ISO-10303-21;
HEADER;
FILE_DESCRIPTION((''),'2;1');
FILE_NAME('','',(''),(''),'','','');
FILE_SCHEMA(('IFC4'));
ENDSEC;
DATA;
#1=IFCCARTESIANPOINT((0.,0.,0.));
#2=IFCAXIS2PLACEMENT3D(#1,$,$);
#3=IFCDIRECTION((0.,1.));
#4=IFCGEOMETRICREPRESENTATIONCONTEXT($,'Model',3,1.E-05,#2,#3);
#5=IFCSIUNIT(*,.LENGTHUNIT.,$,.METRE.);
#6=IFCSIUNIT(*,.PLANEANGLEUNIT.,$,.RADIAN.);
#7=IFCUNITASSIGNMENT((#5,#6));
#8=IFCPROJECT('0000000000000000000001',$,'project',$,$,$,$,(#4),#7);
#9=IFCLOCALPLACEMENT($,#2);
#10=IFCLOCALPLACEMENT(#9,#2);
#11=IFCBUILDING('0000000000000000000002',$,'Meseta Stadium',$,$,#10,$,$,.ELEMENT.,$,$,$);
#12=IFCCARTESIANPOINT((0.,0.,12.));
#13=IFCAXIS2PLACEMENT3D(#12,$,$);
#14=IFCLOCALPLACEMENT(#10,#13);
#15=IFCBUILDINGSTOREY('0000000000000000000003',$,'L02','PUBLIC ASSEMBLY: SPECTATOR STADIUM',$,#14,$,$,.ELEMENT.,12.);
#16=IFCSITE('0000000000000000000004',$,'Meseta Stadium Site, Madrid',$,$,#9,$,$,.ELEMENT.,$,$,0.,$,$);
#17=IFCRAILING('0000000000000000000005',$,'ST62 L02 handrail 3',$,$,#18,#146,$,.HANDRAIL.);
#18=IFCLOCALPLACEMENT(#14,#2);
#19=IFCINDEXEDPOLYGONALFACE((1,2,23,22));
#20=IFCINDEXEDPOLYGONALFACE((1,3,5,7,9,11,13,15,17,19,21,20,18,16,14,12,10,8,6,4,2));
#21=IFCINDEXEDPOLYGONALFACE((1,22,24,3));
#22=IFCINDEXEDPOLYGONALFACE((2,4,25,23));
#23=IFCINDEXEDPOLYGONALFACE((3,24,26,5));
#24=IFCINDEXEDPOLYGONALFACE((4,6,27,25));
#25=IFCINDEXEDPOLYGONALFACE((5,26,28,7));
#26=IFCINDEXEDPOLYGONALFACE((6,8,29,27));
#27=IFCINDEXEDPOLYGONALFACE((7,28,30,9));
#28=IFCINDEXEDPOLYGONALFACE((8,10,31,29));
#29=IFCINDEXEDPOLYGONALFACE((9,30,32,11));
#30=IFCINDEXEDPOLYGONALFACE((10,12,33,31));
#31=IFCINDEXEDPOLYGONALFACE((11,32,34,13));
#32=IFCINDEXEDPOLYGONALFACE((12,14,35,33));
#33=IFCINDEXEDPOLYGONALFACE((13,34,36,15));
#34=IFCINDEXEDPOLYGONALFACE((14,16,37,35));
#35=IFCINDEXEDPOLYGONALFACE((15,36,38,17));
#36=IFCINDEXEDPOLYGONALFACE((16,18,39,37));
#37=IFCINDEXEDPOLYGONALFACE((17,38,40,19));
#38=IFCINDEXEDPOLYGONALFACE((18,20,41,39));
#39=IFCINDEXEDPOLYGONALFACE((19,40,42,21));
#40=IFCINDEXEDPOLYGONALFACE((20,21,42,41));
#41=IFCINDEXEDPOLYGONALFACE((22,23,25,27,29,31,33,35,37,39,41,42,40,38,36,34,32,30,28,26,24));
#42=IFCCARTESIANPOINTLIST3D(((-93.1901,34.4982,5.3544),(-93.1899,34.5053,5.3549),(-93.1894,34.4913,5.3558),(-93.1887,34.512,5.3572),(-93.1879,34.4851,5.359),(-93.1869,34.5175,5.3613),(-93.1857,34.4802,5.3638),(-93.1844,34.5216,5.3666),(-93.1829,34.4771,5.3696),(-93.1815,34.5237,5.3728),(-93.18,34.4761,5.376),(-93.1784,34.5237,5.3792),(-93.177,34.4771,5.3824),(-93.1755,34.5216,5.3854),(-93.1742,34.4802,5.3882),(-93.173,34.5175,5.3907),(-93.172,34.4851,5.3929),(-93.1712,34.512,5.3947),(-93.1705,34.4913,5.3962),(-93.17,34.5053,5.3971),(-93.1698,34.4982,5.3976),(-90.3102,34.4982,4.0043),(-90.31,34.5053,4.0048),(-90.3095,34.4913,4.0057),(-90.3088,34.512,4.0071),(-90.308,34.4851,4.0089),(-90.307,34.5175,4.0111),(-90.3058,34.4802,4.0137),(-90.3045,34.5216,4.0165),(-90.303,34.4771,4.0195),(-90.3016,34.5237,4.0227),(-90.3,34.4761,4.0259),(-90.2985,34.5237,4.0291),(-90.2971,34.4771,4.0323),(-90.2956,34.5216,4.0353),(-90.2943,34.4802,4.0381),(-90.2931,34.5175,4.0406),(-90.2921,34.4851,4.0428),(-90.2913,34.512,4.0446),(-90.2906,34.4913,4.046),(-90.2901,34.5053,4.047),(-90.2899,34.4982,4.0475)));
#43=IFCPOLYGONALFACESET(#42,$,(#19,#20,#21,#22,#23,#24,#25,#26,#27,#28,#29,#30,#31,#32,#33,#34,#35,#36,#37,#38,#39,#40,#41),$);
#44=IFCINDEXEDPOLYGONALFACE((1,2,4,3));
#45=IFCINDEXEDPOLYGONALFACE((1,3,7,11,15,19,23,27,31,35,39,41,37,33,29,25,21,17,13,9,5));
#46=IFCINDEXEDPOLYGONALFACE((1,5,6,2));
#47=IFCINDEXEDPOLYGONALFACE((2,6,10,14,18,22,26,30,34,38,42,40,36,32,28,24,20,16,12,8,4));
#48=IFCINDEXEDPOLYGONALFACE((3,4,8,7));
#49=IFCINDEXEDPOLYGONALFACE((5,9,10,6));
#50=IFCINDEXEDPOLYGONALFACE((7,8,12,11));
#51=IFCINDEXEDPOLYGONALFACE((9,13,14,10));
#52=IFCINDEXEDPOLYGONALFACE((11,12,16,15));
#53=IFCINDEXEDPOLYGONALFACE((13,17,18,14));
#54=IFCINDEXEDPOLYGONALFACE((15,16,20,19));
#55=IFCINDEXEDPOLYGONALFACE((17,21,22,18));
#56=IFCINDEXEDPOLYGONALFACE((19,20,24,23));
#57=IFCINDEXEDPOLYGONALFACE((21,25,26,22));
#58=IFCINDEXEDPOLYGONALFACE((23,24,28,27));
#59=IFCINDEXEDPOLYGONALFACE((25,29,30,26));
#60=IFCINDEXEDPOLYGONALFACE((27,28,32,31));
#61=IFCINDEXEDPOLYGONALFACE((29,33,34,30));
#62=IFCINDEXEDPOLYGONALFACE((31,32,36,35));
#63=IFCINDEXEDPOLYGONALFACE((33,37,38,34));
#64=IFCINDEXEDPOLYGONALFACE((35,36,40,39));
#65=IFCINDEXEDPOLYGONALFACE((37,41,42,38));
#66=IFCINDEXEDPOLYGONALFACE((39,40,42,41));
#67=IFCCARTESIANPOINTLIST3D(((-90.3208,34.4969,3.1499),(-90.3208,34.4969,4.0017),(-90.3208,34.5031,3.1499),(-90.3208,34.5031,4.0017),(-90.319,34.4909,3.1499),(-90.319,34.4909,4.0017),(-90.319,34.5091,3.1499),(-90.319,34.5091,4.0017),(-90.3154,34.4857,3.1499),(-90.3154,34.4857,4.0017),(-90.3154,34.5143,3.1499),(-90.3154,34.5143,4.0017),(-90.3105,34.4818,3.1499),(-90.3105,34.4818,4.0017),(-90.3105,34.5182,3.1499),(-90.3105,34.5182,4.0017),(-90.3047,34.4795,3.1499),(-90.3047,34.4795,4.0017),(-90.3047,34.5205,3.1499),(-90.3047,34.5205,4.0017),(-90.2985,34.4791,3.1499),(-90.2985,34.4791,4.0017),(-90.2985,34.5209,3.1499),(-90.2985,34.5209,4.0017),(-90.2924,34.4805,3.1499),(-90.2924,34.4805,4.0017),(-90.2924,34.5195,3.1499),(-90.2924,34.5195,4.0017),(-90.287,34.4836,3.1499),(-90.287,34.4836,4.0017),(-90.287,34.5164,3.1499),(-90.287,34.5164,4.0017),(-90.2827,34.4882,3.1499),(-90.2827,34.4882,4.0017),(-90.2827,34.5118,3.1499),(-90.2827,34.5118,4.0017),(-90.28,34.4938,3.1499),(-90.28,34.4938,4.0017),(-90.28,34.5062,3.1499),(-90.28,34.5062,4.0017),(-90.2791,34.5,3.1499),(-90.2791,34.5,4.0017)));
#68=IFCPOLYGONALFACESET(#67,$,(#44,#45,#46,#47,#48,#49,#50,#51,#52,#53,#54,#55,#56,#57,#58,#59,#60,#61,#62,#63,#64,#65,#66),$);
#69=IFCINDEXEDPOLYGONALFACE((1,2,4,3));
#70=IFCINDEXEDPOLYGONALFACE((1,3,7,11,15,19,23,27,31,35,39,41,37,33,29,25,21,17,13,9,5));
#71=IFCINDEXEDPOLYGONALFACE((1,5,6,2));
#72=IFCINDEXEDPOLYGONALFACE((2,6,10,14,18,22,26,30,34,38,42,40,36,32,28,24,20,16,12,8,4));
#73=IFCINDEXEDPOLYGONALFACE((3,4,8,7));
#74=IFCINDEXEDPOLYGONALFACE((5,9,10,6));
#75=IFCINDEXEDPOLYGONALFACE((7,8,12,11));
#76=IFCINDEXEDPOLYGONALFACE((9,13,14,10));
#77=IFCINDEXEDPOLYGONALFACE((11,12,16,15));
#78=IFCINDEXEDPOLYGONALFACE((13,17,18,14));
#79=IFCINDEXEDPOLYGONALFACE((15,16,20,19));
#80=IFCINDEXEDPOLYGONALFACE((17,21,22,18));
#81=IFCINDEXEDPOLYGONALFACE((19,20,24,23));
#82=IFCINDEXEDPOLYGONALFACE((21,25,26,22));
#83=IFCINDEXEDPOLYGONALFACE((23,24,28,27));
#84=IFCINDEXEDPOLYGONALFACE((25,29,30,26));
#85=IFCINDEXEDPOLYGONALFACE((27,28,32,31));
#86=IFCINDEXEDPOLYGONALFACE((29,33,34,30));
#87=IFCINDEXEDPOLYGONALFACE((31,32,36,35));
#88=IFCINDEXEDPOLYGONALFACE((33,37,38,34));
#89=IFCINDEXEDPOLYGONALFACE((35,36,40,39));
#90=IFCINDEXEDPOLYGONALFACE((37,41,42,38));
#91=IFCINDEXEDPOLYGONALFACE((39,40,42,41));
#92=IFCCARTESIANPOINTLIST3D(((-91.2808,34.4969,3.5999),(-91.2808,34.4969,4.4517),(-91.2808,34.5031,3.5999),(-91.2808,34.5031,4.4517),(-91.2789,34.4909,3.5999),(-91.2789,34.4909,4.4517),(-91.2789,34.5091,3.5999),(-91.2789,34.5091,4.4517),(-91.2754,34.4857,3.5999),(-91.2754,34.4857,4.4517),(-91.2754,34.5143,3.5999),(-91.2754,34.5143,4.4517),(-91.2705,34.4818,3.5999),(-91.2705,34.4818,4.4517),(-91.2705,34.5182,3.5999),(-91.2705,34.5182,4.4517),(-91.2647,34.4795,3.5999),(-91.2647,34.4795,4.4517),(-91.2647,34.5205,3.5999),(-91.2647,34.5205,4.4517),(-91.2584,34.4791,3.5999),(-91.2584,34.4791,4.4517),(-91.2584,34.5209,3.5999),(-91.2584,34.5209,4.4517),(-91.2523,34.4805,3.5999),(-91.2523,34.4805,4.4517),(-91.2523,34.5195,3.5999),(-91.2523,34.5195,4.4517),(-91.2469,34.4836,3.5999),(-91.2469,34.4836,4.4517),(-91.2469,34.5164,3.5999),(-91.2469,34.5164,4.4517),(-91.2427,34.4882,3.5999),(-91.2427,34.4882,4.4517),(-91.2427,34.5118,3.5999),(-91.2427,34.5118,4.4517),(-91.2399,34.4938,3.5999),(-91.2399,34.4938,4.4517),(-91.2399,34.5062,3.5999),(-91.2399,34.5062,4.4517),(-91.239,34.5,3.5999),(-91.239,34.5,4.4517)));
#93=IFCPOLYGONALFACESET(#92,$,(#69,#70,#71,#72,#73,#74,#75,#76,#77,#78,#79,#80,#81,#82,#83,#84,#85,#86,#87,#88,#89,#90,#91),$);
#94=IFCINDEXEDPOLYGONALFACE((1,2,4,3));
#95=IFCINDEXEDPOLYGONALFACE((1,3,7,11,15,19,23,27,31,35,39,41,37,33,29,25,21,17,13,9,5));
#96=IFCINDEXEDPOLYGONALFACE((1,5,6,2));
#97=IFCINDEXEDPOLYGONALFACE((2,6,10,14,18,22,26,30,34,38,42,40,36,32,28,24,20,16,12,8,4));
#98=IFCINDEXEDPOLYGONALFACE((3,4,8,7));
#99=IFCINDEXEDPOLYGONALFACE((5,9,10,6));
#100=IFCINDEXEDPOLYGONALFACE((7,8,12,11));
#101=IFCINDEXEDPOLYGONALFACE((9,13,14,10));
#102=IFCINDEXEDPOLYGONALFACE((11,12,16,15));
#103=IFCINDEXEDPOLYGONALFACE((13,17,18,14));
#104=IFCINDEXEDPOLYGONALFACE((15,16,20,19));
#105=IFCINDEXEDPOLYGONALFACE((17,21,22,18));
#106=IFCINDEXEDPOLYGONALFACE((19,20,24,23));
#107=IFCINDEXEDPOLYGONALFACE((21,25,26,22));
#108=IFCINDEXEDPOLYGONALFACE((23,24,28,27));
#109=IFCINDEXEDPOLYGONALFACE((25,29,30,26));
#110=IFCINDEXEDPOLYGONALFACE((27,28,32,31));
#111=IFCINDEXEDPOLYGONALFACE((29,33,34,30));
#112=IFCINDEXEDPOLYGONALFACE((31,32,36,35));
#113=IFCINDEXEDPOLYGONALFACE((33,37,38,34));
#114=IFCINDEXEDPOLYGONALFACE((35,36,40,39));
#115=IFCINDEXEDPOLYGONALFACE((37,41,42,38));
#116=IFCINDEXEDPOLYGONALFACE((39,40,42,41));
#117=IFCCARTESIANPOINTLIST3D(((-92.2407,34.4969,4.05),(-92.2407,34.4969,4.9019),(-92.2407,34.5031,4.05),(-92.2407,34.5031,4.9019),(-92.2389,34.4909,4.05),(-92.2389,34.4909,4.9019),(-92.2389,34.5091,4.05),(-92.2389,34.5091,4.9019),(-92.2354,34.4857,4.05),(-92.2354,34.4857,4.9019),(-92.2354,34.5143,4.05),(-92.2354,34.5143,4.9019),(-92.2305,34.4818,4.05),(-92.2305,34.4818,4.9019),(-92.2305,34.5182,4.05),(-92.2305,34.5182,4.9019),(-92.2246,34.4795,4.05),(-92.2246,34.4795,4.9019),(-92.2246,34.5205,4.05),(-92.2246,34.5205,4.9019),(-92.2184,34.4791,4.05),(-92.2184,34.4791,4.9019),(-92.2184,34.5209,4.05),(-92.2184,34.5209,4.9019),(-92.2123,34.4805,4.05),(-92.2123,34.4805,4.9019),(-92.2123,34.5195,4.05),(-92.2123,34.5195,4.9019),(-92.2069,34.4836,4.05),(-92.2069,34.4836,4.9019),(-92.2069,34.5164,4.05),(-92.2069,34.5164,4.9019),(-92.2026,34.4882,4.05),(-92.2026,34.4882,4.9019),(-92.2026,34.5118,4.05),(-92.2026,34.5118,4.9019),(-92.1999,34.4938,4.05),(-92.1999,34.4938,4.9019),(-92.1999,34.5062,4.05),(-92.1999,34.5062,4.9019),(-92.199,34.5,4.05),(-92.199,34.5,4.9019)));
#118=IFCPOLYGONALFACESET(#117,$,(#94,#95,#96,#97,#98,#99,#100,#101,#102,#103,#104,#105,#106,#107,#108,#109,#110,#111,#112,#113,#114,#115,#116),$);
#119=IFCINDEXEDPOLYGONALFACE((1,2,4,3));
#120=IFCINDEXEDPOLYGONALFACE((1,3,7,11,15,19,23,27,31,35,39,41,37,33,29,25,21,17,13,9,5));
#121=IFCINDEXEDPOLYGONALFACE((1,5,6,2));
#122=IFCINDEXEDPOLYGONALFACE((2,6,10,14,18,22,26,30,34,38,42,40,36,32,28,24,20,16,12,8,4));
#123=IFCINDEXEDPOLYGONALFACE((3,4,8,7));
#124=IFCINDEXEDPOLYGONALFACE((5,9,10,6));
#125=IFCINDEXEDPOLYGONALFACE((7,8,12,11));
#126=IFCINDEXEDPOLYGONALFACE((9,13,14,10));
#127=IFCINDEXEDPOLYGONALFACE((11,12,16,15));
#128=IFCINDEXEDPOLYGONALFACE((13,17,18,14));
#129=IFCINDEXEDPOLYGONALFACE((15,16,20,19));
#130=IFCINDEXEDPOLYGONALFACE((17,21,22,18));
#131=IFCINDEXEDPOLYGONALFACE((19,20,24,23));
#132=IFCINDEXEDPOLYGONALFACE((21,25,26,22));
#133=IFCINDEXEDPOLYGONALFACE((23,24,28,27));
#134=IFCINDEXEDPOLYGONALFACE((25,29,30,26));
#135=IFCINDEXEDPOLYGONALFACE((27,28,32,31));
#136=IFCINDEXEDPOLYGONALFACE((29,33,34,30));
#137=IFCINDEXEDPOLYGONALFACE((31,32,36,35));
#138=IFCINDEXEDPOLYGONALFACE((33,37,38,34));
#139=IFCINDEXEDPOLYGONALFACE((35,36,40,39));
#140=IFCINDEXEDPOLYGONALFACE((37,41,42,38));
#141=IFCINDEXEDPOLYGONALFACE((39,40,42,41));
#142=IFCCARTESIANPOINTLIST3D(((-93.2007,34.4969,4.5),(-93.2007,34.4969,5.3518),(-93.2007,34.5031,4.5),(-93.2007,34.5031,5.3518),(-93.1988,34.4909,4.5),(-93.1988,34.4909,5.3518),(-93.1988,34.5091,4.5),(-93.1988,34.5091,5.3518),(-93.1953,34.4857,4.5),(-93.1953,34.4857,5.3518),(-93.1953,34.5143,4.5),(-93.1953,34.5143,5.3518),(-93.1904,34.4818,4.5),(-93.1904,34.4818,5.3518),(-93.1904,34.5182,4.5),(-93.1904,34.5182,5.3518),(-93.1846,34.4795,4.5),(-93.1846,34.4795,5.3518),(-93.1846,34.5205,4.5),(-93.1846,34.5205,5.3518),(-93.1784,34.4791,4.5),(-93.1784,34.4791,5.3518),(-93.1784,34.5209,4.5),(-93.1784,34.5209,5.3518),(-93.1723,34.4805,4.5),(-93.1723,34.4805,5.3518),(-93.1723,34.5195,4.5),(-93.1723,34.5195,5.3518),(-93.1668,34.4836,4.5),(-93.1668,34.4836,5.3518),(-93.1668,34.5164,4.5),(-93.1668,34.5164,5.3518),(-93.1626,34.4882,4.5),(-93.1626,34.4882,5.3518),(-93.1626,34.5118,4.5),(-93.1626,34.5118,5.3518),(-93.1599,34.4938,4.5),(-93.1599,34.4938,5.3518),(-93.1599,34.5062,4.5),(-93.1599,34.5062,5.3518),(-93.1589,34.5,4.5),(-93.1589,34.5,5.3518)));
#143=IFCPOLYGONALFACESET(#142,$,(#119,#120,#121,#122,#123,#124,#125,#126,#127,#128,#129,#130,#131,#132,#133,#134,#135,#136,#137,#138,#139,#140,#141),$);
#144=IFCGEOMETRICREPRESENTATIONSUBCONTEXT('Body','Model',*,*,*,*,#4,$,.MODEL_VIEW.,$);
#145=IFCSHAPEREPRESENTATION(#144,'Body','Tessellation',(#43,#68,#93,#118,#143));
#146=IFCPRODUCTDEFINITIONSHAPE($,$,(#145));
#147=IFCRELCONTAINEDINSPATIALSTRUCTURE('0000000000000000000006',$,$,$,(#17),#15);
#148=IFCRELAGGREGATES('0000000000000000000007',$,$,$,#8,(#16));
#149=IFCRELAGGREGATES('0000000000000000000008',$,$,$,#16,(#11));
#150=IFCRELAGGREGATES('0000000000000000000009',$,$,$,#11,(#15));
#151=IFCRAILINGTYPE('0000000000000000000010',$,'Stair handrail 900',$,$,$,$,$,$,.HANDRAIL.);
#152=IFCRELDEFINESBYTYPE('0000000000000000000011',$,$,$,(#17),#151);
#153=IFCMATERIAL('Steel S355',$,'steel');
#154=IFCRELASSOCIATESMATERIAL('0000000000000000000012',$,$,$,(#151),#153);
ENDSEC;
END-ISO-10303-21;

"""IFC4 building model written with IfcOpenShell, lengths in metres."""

from ifc_helpers import new_model, si_unit, direction, frame, origin, origin_2d, place, context, subcontext, project, spatial, circle, extrude, material, type_object, element, save


model = new_model("IFC4")

# Units and contexts
model_context = context("Model", 3, precision=1e-05, world=origin(), true_north=direction((0.0, 1.0)))
body_context = subcontext(model_context, "Body", "Model", "MODEL_VIEW")
ifc_project = project(units=[si_unit("LENGTHUNIT", "METRE"), si_unit("PLANEANGLEUNIT", "RADIAN")], contexts=[model_context])

# Site, building, storey
site_placement = place(None, origin())
site = spatial("IfcSite", under=ifc_project, at=site_placement, Name="Meseta Stadium Site, Madrid", CompositionType="ELEMENT", RefElevation=0.0)
building_placement = place(site_placement, origin())
building = spatial("IfcBuilding", under=site, at=building_placement, Name="Meseta Stadium", CompositionType="ELEMENT")
storey_placement = place(building_placement, frame((0.0, 0.0, 12.0)))
storey = spatial("IfcBuildingStorey", under=building, at=storey_placement, Name="L02", Description="PUBLIC ASSEMBLY: SPECTATOR STADIUM", CompositionType="ELEMENT", Elevation=12.0)

# Railing
ifc_material_1 = material(Name="Steel S355", Category="steel")
railing_type_1 = type_object("IfcRailingType", Name="Stair handrail 900", PredefinedType="HANDRAIL", material=ifc_material_1)
for number, where, name in (
    (1, (-90.3, 34.5, 3.1499), "ST62 L02 handrail 3"),
):
    element("IfcRailing", number, at=place(storey_placement, frame(where)), inside=storey, type_object=railing_type_1, Name=name, PredefinedType="HANDRAIL", context=body_context, shape_type="SweptSolid", body=[
        extrude(circle(Radius=0.0239, at=origin_2d()), frame((0.0, 0.0, 0.876), z_axis=(-0.90544, 0.0, 0.424473), x_axis=(0.0, -1.0, 0.0)), (0.0, 0.0, 1.0), 3.1807),
        extrude(circle(Radius=0.021, at=origin_2d()), origin(), (0.0, 0.0, 1.0), 0.8518),
        extrude(circle(Radius=0.021, at=origin_2d()), frame((-0.96, 0.0, 0.45)), (0.0, 0.0, 1.0), 0.8518),
        extrude(circle(Radius=0.021, at=origin_2d()), frame((-1.9199, 0.0, 0.9001)), (0.0, 0.0, 1.0), 0.8518),
        extrude(circle(Radius=0.021, at=origin_2d()), frame((-2.8799, 0.0, 1.3501)), (0.0, 0.0, 1.0), 0.8518),
    ])

save(model, "model.ifc")
